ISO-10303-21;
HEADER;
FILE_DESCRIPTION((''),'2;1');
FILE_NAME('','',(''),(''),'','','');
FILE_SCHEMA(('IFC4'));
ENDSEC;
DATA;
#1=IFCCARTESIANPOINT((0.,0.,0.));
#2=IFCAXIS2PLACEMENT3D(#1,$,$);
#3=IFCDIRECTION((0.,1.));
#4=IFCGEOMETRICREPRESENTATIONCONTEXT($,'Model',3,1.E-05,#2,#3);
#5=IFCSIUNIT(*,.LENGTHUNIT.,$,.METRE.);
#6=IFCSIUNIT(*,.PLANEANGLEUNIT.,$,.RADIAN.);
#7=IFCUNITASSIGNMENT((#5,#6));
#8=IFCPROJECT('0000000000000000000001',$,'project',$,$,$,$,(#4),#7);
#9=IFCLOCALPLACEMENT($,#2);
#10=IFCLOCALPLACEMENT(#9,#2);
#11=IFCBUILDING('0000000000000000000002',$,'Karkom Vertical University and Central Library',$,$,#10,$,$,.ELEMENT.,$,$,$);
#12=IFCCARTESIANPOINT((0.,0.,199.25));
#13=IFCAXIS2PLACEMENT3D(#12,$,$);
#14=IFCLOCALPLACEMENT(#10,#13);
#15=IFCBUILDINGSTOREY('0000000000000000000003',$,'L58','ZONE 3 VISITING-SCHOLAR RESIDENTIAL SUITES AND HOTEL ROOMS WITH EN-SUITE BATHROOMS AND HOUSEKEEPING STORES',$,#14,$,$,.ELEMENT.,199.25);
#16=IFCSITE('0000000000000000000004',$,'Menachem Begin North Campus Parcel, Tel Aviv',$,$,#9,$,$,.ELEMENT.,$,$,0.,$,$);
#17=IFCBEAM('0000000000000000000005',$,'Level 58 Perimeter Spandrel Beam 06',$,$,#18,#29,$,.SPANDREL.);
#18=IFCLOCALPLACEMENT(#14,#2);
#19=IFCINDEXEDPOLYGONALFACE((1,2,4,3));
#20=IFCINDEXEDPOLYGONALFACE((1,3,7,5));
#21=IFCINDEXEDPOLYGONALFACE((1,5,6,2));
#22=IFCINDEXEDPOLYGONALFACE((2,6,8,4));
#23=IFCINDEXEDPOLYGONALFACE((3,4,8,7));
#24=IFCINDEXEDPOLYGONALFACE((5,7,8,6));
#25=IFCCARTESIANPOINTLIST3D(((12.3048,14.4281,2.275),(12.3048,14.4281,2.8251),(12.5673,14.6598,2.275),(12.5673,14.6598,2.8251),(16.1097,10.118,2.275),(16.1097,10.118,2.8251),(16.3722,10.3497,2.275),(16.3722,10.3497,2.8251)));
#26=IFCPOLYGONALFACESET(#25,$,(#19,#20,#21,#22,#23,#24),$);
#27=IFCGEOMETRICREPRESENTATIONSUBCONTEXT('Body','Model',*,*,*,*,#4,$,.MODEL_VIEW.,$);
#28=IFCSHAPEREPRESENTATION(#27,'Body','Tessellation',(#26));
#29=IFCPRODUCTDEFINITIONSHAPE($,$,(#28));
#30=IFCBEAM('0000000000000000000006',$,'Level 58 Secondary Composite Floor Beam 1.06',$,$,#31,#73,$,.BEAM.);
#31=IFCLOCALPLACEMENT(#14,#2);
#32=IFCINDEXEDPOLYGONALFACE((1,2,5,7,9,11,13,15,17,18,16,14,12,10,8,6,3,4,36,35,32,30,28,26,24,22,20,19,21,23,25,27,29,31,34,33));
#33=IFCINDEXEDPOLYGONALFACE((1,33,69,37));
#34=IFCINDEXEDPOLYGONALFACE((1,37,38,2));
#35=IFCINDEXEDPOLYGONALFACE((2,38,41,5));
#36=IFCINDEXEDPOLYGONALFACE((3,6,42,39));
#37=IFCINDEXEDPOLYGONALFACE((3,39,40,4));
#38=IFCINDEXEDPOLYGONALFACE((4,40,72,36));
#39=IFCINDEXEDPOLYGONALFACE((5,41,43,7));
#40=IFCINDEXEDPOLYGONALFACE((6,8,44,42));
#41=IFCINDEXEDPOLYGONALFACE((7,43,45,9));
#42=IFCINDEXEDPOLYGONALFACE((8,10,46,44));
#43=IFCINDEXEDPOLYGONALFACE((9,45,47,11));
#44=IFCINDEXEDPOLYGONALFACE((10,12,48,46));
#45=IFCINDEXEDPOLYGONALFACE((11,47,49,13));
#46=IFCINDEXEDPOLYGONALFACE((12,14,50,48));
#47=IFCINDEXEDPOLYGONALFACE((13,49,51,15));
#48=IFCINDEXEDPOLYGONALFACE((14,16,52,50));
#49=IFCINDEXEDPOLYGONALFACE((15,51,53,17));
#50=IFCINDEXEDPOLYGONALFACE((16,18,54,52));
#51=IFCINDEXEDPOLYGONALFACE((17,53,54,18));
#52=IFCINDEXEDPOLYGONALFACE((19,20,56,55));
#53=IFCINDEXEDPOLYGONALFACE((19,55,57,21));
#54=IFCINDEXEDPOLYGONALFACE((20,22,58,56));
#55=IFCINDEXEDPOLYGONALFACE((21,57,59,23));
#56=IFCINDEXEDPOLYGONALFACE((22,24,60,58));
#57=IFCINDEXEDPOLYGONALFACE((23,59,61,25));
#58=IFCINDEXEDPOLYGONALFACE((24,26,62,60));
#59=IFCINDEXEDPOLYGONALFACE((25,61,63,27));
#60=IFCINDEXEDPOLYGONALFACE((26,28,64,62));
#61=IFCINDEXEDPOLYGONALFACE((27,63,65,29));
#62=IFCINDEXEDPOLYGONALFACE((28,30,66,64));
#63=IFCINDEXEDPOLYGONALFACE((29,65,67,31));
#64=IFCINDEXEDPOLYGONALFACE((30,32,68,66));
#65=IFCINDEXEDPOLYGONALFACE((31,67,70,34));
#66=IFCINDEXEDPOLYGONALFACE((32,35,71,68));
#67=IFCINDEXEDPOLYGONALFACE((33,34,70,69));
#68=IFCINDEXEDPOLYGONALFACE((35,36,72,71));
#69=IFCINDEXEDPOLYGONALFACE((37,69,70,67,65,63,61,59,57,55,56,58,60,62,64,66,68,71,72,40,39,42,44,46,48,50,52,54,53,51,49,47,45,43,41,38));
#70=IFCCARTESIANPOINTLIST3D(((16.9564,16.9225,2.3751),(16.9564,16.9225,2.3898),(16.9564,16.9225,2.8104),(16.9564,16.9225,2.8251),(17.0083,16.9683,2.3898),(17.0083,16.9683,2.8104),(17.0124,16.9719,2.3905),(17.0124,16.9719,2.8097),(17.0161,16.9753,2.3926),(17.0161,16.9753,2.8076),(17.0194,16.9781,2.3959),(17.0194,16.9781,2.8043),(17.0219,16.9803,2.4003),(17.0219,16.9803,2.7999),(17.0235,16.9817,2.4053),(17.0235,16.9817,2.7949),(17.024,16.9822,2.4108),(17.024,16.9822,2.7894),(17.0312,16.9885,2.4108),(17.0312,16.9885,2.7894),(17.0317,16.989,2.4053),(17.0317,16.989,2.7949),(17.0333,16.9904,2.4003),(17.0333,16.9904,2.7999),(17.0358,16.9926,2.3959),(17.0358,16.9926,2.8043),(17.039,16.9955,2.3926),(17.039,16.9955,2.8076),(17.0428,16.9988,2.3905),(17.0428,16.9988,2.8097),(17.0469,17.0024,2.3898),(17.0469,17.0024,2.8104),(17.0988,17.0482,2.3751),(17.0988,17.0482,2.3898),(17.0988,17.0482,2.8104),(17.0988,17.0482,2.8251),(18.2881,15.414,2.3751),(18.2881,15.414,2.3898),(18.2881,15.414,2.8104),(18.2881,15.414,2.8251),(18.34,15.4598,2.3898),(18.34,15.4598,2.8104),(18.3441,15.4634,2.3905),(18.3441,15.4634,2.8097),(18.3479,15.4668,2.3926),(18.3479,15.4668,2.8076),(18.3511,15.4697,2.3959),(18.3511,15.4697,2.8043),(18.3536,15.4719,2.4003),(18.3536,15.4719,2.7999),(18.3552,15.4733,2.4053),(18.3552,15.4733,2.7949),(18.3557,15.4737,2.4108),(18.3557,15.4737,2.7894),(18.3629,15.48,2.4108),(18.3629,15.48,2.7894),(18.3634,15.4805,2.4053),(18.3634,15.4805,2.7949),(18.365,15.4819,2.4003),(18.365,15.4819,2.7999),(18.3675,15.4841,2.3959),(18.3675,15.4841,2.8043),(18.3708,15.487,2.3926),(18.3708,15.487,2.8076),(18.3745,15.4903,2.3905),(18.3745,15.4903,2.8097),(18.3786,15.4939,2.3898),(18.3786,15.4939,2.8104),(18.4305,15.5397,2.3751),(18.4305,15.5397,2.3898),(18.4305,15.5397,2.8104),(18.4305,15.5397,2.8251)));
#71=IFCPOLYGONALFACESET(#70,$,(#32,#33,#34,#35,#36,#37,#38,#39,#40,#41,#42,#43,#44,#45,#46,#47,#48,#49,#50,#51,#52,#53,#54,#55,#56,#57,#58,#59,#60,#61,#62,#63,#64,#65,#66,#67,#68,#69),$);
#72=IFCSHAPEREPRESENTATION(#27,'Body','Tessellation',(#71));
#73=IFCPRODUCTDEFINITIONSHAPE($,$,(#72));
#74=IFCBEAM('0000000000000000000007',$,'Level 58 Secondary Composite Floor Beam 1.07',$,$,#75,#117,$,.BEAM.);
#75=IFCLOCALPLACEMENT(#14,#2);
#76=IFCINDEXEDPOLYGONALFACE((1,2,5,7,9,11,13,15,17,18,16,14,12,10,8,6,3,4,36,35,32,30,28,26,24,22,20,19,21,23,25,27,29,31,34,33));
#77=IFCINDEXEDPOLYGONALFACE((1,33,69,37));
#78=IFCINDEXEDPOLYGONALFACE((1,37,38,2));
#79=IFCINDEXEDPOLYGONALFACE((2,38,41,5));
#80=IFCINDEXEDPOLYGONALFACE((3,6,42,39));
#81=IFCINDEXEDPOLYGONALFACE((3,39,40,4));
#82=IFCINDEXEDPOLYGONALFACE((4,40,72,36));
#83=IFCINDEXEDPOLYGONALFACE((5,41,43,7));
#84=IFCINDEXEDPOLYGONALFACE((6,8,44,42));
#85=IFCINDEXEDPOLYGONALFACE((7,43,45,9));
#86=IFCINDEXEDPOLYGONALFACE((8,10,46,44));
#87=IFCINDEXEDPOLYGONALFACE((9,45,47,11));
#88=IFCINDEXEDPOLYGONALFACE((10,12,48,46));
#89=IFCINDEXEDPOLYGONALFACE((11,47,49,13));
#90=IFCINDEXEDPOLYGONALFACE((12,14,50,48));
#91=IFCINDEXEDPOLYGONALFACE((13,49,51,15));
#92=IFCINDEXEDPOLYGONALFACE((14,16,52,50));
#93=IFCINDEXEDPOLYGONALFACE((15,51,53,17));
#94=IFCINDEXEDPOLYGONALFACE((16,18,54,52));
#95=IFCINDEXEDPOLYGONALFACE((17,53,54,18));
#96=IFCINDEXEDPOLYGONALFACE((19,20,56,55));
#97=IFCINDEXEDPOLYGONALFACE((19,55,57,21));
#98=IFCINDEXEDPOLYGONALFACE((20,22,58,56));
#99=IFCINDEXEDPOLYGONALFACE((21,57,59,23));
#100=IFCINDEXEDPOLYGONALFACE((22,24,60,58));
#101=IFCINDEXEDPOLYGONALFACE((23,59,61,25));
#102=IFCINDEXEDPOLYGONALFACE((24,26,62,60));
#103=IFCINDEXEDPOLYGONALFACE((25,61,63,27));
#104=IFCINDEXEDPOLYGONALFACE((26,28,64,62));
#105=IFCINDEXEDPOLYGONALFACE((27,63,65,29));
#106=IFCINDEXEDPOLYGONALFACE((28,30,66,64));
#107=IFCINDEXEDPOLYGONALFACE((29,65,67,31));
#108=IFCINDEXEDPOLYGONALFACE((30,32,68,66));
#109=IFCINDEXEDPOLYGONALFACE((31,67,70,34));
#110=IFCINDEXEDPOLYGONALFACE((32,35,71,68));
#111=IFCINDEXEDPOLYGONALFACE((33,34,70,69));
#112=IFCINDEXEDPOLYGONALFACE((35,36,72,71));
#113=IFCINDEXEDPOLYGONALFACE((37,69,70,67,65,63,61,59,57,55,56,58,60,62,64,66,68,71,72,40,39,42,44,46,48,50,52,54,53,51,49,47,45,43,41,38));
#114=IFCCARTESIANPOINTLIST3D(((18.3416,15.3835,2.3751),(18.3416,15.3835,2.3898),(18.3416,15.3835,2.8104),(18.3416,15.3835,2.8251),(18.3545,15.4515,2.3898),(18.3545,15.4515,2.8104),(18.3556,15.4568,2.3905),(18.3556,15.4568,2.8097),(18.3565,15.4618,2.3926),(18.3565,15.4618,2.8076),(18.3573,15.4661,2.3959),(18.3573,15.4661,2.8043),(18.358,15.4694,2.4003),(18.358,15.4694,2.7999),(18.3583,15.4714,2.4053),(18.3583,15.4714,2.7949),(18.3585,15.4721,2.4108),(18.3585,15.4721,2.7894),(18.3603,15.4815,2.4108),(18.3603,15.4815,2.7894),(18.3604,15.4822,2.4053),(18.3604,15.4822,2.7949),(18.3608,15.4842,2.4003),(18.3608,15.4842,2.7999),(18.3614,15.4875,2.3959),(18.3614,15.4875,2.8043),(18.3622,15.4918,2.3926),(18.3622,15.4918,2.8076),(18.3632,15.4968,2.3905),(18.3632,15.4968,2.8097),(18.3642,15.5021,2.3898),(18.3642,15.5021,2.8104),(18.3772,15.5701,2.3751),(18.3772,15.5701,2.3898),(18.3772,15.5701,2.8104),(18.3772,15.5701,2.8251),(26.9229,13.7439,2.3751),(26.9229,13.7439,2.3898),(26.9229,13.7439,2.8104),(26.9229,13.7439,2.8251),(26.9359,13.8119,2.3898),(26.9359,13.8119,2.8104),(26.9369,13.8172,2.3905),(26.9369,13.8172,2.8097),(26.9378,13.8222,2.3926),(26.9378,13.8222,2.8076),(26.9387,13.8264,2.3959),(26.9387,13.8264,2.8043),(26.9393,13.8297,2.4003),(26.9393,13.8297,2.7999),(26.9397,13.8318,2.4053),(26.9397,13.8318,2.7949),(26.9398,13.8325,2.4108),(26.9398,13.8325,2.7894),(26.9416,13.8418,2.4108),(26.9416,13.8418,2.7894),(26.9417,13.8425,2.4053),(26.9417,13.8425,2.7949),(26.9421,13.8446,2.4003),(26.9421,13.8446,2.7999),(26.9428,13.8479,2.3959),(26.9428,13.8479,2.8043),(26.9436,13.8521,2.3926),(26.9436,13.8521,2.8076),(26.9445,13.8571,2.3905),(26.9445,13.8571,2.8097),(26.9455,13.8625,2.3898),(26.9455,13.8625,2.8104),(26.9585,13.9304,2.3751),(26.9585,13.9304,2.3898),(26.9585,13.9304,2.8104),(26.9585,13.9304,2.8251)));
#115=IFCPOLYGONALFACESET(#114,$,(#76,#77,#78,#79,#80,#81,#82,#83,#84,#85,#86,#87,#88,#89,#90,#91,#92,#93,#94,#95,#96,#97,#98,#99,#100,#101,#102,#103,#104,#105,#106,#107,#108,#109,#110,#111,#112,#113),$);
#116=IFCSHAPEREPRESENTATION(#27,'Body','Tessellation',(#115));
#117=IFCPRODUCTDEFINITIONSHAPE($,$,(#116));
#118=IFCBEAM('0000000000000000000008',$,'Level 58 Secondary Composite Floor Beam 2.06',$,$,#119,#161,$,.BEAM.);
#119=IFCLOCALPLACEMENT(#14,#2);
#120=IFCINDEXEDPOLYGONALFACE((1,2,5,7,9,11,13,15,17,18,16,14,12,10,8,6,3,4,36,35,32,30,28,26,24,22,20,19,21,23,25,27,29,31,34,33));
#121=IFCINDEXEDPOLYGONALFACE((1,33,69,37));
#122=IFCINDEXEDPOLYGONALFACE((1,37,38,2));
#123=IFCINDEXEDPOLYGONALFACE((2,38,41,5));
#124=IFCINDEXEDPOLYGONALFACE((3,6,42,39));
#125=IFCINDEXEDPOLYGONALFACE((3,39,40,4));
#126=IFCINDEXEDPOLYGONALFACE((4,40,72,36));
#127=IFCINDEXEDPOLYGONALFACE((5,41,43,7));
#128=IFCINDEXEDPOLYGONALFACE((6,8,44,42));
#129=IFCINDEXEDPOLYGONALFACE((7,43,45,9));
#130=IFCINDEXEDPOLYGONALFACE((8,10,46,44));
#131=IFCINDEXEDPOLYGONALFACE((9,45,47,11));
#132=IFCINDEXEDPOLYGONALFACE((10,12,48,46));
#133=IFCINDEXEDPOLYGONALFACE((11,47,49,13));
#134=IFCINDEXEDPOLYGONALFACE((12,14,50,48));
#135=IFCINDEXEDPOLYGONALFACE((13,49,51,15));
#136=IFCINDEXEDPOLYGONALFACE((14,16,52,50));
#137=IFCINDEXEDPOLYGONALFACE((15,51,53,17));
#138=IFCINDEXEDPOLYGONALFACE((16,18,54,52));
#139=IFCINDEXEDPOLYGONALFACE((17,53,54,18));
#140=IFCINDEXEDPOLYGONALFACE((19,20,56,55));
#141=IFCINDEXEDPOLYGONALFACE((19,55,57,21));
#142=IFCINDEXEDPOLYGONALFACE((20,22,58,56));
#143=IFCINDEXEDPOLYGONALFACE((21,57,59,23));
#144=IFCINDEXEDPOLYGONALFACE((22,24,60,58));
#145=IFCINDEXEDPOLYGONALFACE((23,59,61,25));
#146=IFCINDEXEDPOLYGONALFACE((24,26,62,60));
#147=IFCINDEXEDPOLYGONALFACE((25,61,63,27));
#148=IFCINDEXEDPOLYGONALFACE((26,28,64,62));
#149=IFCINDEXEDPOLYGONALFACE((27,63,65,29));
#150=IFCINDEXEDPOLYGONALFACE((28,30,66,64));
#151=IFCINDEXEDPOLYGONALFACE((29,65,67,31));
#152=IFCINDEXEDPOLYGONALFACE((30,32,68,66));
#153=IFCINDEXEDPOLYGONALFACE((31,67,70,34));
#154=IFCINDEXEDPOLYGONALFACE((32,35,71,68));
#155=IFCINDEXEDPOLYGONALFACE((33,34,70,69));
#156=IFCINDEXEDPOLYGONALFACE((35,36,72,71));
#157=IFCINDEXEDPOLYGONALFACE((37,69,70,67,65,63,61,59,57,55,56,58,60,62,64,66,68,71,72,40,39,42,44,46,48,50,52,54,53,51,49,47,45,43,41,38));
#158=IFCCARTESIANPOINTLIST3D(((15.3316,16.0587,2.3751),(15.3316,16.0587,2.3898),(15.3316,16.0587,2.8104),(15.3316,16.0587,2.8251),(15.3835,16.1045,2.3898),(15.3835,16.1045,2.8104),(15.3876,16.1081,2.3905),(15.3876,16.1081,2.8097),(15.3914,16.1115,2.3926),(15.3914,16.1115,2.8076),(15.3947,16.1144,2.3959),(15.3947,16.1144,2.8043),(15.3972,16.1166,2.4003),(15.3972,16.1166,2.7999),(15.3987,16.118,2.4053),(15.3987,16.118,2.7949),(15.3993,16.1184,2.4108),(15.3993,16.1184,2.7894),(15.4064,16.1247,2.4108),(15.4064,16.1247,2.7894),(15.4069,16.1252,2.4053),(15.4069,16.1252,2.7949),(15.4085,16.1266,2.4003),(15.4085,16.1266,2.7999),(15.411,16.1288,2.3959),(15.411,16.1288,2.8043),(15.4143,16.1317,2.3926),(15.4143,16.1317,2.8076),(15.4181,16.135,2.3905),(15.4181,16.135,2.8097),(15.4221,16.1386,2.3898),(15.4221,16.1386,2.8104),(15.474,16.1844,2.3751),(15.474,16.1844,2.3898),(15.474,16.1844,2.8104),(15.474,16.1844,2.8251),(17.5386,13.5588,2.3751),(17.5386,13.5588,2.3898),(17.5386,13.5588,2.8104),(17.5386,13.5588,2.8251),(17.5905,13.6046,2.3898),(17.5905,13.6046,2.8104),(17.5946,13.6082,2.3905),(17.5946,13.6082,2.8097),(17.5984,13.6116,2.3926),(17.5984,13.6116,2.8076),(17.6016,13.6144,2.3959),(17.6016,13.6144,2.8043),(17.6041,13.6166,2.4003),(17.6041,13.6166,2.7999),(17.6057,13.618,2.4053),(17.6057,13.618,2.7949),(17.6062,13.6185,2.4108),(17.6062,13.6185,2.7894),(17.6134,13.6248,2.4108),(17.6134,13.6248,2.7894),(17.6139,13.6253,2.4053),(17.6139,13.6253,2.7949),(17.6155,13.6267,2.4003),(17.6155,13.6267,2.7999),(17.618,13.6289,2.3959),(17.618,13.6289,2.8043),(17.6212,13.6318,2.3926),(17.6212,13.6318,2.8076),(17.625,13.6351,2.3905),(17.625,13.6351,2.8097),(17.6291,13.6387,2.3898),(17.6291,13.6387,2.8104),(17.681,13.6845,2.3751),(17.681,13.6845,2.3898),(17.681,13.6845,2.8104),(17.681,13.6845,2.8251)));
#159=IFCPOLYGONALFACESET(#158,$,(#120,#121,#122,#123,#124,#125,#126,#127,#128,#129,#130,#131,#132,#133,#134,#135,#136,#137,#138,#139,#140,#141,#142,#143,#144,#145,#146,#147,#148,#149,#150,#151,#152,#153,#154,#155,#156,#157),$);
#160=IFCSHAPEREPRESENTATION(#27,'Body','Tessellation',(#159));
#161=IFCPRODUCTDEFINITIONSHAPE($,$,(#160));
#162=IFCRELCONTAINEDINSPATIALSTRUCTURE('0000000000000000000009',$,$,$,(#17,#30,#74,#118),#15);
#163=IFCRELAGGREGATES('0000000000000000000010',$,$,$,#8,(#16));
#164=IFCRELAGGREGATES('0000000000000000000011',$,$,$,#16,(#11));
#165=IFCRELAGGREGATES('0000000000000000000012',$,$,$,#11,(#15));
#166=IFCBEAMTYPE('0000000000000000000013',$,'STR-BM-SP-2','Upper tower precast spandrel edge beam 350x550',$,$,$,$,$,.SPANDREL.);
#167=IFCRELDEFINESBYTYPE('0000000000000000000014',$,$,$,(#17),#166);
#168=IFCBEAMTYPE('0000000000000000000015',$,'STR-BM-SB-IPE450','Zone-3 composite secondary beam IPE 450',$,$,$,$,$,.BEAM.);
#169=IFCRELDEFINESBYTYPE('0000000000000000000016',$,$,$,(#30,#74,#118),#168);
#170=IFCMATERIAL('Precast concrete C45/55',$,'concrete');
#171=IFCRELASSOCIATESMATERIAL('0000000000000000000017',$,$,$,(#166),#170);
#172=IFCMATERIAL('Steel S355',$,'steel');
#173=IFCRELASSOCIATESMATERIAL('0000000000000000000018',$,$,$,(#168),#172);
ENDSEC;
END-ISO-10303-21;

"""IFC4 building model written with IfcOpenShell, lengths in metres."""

from ifc_helpers import new_model, si_unit, direction, frame, origin, origin_with_axes, origin_2d, place, context, subcontext, project, spatial, rectangle, i_section, extrude, source, transform, mapped, material, material_profile, profile_set, type_object, element, save


model = new_model("IFC4")

# Units and contexts
model_context = context("Model", 3, precision=1e-05, world=origin(), true_north=direction((0.0, 1.0)))
body_context = subcontext(model_context, "Body", "Model", "MODEL_VIEW")
ifc_project = project(units=[si_unit("LENGTHUNIT", "METRE"), si_unit("PLANEANGLEUNIT", "RADIAN")], contexts=[model_context])

# Site, building, storey
site_placement = place(None, origin())
site = spatial("IfcSite", under=ifc_project, at=site_placement, Name="Menachem Begin North Campus Parcel, Tel Aviv", CompositionType="ELEMENT", RefElevation=0.0)
building_placement = place(site_placement, origin())
building = spatial("IfcBuilding", under=site, at=building_placement, Name="Karkom Vertical University and Central Library", CompositionType="ELEMENT")
storey_placement = place(building_placement, frame((0.0, 0.0, 199.25)))
storey = spatial("IfcBuildingStorey", under=building, at=storey_placement, Name="L58", Description="ZONE 3 VISITING-SCHOLAR RESIDENTIAL SUITES AND HOTEL ROOMS WITH EN-SUITE BATHROOMS AND HOUSEKEEPING STORES", CompositionType="ELEMENT", Elevation=199.25)

# Beams
ifc_material_1 = material(Name="Precast concrete C45/55", Category="concrete")
ifc_material_profile_1 = material_profile(ifc_material_1, rectangle(XDim=0.3501, YDim=0.55, at=origin_2d()), Name="SPB-350x550")
ifc_profile_set_1 = profile_set([ifc_material_profile_1], Name="Precast concrete C45/55")
beam_type_1 = type_object("IfcBeamType", Name="STR-BM-SP-2", Description="Upper tower precast spandrel edge beam 350x550", PredefinedType="SPANDREL", material=ifc_profile_set_1)
shared_shape_1 = source(origin_with_axes(), body_context, "Body", "SweptSolid", [
    extrude(rectangle(XDim=0.3501, YDim=0.55, at=origin_2d()), origin(), (0.0, 0.0, 1.0), 5.7493),
])
beam_1_placement = place(storey_placement, frame((12.436, 14.5439, 2.55), z_axis=(0.661811, -0.749671, 0.0), x_axis=(0.749671, 0.661811, 0.0)))
element("IfcBeam", 1, at=beam_1_placement, inside=storey, type_object=beam_type_1, Name="Level 58 Perimeter Spandrel Beam 06", PredefinedType="SPANDREL", context=body_context, shape_type="MappedRepresentation", body=[
    mapped(shared_shape_1, transform((0.0, 0.0, 0.0), scale=1.0)),
])
ifc_material_2 = material(Name="Steel S355", Category="steel")
ifc_material_profile_2 = material_profile(ifc_material_2, i_section(OverallWidth=0.1899, OverallDepth=0.45, WebThickness=0.0095, FlangeThickness=0.0146, FilletRadius=0.021, at=origin_2d()), Name="IPE 450")
ifc_profile_set_2 = profile_set([ifc_material_profile_2], Name="Steel S355")
beam_type_2 = type_object("IfcBeamType", Name="STR-BM-SB-IPE450", Description="Zone-3 composite secondary beam IPE 450", PredefinedType="BEAM", material=ifc_profile_set_2)
shared_shape_2 = source(origin_with_axes(), body_context, "Body", "SweptSolid", [
    extrude(i_section(OverallWidth=0.1899, OverallDepth=0.45, WebThickness=0.0095, FlangeThickness=0.0146, FilletRadius=0.021, at=origin_2d()), origin(), (0.0, 0.0, 1.0), 2.0122),
])
beam_2_placement = place(storey_placement, frame((17.0276, 16.9854, 2.6001), z_axis=(0.661822, -0.749661, 0.0), x_axis=(0.749661, 0.661822, 0.0)))
element("IfcBeam", 2, at=beam_2_placement, inside=storey, type_object=beam_type_2, Name="Level 58 Secondary Composite Floor Beam 1.06", PredefinedType="BEAM", context=body_context, shape_type="MappedRepresentation", body=[
    mapped(shared_shape_2, transform((0.0, 0.0, 0.0), scale=1.0)),
])
shared_shape_3 = source(origin_with_axes(), body_context, "Body", "SweptSolid", [
    extrude(i_section(OverallWidth=0.1899, OverallDepth=0.45, WebThickness=0.0095, FlangeThickness=0.0146, FilletRadius=0.021, at=origin_2d()), origin(), (0.0, 0.0, 1.0), 8.7366),
])
beam_3_placement = place(storey_placement, frame((18.3594, 15.4768, 2.6001), z_axis=(0.982231, -0.187677, 0.0), x_axis=(0.187677, 0.982231, 0.0)))
element("IfcBeam", 3, at=beam_3_placement, inside=storey, type_object=beam_type_2, Name="Level 58 Secondary Composite Floor Beam 1.07", PredefinedType="BEAM", context=body_context, shape_type="MappedRepresentation", body=[
    mapped(shared_shape_3, transform((0.0, 0.0, 0.0), scale=1.0)),
])
shared_shape_4 = source(origin_with_axes(), body_context, "Body", "SweptSolid", [
    extrude(i_section(OverallWidth=0.1899, OverallDepth=0.45, WebThickness=0.0095, FlangeThickness=0.0146, FilletRadius=0.021, at=origin_2d()), origin(), (0.0, 0.0, 1.0), 3.3347),
])
beam_4_placement = place(storey_placement, frame((15.4028, 16.1216, 2.6001), z_axis=(0.661815, -0.749667, 0.0), x_axis=(0.749667, 0.661815, 0.0)))
element("IfcBeam", 4, at=beam_4_placement, inside=storey, type_object=beam_type_2, Name="Level 58 Secondary Composite Floor Beam 2.06", PredefinedType="BEAM", context=body_context, shape_type="MappedRepresentation", body=[
    mapped(shared_shape_4, transform((0.0, 0.0, 0.0), scale=1.0)),
])

save(model, "model.ifc")
